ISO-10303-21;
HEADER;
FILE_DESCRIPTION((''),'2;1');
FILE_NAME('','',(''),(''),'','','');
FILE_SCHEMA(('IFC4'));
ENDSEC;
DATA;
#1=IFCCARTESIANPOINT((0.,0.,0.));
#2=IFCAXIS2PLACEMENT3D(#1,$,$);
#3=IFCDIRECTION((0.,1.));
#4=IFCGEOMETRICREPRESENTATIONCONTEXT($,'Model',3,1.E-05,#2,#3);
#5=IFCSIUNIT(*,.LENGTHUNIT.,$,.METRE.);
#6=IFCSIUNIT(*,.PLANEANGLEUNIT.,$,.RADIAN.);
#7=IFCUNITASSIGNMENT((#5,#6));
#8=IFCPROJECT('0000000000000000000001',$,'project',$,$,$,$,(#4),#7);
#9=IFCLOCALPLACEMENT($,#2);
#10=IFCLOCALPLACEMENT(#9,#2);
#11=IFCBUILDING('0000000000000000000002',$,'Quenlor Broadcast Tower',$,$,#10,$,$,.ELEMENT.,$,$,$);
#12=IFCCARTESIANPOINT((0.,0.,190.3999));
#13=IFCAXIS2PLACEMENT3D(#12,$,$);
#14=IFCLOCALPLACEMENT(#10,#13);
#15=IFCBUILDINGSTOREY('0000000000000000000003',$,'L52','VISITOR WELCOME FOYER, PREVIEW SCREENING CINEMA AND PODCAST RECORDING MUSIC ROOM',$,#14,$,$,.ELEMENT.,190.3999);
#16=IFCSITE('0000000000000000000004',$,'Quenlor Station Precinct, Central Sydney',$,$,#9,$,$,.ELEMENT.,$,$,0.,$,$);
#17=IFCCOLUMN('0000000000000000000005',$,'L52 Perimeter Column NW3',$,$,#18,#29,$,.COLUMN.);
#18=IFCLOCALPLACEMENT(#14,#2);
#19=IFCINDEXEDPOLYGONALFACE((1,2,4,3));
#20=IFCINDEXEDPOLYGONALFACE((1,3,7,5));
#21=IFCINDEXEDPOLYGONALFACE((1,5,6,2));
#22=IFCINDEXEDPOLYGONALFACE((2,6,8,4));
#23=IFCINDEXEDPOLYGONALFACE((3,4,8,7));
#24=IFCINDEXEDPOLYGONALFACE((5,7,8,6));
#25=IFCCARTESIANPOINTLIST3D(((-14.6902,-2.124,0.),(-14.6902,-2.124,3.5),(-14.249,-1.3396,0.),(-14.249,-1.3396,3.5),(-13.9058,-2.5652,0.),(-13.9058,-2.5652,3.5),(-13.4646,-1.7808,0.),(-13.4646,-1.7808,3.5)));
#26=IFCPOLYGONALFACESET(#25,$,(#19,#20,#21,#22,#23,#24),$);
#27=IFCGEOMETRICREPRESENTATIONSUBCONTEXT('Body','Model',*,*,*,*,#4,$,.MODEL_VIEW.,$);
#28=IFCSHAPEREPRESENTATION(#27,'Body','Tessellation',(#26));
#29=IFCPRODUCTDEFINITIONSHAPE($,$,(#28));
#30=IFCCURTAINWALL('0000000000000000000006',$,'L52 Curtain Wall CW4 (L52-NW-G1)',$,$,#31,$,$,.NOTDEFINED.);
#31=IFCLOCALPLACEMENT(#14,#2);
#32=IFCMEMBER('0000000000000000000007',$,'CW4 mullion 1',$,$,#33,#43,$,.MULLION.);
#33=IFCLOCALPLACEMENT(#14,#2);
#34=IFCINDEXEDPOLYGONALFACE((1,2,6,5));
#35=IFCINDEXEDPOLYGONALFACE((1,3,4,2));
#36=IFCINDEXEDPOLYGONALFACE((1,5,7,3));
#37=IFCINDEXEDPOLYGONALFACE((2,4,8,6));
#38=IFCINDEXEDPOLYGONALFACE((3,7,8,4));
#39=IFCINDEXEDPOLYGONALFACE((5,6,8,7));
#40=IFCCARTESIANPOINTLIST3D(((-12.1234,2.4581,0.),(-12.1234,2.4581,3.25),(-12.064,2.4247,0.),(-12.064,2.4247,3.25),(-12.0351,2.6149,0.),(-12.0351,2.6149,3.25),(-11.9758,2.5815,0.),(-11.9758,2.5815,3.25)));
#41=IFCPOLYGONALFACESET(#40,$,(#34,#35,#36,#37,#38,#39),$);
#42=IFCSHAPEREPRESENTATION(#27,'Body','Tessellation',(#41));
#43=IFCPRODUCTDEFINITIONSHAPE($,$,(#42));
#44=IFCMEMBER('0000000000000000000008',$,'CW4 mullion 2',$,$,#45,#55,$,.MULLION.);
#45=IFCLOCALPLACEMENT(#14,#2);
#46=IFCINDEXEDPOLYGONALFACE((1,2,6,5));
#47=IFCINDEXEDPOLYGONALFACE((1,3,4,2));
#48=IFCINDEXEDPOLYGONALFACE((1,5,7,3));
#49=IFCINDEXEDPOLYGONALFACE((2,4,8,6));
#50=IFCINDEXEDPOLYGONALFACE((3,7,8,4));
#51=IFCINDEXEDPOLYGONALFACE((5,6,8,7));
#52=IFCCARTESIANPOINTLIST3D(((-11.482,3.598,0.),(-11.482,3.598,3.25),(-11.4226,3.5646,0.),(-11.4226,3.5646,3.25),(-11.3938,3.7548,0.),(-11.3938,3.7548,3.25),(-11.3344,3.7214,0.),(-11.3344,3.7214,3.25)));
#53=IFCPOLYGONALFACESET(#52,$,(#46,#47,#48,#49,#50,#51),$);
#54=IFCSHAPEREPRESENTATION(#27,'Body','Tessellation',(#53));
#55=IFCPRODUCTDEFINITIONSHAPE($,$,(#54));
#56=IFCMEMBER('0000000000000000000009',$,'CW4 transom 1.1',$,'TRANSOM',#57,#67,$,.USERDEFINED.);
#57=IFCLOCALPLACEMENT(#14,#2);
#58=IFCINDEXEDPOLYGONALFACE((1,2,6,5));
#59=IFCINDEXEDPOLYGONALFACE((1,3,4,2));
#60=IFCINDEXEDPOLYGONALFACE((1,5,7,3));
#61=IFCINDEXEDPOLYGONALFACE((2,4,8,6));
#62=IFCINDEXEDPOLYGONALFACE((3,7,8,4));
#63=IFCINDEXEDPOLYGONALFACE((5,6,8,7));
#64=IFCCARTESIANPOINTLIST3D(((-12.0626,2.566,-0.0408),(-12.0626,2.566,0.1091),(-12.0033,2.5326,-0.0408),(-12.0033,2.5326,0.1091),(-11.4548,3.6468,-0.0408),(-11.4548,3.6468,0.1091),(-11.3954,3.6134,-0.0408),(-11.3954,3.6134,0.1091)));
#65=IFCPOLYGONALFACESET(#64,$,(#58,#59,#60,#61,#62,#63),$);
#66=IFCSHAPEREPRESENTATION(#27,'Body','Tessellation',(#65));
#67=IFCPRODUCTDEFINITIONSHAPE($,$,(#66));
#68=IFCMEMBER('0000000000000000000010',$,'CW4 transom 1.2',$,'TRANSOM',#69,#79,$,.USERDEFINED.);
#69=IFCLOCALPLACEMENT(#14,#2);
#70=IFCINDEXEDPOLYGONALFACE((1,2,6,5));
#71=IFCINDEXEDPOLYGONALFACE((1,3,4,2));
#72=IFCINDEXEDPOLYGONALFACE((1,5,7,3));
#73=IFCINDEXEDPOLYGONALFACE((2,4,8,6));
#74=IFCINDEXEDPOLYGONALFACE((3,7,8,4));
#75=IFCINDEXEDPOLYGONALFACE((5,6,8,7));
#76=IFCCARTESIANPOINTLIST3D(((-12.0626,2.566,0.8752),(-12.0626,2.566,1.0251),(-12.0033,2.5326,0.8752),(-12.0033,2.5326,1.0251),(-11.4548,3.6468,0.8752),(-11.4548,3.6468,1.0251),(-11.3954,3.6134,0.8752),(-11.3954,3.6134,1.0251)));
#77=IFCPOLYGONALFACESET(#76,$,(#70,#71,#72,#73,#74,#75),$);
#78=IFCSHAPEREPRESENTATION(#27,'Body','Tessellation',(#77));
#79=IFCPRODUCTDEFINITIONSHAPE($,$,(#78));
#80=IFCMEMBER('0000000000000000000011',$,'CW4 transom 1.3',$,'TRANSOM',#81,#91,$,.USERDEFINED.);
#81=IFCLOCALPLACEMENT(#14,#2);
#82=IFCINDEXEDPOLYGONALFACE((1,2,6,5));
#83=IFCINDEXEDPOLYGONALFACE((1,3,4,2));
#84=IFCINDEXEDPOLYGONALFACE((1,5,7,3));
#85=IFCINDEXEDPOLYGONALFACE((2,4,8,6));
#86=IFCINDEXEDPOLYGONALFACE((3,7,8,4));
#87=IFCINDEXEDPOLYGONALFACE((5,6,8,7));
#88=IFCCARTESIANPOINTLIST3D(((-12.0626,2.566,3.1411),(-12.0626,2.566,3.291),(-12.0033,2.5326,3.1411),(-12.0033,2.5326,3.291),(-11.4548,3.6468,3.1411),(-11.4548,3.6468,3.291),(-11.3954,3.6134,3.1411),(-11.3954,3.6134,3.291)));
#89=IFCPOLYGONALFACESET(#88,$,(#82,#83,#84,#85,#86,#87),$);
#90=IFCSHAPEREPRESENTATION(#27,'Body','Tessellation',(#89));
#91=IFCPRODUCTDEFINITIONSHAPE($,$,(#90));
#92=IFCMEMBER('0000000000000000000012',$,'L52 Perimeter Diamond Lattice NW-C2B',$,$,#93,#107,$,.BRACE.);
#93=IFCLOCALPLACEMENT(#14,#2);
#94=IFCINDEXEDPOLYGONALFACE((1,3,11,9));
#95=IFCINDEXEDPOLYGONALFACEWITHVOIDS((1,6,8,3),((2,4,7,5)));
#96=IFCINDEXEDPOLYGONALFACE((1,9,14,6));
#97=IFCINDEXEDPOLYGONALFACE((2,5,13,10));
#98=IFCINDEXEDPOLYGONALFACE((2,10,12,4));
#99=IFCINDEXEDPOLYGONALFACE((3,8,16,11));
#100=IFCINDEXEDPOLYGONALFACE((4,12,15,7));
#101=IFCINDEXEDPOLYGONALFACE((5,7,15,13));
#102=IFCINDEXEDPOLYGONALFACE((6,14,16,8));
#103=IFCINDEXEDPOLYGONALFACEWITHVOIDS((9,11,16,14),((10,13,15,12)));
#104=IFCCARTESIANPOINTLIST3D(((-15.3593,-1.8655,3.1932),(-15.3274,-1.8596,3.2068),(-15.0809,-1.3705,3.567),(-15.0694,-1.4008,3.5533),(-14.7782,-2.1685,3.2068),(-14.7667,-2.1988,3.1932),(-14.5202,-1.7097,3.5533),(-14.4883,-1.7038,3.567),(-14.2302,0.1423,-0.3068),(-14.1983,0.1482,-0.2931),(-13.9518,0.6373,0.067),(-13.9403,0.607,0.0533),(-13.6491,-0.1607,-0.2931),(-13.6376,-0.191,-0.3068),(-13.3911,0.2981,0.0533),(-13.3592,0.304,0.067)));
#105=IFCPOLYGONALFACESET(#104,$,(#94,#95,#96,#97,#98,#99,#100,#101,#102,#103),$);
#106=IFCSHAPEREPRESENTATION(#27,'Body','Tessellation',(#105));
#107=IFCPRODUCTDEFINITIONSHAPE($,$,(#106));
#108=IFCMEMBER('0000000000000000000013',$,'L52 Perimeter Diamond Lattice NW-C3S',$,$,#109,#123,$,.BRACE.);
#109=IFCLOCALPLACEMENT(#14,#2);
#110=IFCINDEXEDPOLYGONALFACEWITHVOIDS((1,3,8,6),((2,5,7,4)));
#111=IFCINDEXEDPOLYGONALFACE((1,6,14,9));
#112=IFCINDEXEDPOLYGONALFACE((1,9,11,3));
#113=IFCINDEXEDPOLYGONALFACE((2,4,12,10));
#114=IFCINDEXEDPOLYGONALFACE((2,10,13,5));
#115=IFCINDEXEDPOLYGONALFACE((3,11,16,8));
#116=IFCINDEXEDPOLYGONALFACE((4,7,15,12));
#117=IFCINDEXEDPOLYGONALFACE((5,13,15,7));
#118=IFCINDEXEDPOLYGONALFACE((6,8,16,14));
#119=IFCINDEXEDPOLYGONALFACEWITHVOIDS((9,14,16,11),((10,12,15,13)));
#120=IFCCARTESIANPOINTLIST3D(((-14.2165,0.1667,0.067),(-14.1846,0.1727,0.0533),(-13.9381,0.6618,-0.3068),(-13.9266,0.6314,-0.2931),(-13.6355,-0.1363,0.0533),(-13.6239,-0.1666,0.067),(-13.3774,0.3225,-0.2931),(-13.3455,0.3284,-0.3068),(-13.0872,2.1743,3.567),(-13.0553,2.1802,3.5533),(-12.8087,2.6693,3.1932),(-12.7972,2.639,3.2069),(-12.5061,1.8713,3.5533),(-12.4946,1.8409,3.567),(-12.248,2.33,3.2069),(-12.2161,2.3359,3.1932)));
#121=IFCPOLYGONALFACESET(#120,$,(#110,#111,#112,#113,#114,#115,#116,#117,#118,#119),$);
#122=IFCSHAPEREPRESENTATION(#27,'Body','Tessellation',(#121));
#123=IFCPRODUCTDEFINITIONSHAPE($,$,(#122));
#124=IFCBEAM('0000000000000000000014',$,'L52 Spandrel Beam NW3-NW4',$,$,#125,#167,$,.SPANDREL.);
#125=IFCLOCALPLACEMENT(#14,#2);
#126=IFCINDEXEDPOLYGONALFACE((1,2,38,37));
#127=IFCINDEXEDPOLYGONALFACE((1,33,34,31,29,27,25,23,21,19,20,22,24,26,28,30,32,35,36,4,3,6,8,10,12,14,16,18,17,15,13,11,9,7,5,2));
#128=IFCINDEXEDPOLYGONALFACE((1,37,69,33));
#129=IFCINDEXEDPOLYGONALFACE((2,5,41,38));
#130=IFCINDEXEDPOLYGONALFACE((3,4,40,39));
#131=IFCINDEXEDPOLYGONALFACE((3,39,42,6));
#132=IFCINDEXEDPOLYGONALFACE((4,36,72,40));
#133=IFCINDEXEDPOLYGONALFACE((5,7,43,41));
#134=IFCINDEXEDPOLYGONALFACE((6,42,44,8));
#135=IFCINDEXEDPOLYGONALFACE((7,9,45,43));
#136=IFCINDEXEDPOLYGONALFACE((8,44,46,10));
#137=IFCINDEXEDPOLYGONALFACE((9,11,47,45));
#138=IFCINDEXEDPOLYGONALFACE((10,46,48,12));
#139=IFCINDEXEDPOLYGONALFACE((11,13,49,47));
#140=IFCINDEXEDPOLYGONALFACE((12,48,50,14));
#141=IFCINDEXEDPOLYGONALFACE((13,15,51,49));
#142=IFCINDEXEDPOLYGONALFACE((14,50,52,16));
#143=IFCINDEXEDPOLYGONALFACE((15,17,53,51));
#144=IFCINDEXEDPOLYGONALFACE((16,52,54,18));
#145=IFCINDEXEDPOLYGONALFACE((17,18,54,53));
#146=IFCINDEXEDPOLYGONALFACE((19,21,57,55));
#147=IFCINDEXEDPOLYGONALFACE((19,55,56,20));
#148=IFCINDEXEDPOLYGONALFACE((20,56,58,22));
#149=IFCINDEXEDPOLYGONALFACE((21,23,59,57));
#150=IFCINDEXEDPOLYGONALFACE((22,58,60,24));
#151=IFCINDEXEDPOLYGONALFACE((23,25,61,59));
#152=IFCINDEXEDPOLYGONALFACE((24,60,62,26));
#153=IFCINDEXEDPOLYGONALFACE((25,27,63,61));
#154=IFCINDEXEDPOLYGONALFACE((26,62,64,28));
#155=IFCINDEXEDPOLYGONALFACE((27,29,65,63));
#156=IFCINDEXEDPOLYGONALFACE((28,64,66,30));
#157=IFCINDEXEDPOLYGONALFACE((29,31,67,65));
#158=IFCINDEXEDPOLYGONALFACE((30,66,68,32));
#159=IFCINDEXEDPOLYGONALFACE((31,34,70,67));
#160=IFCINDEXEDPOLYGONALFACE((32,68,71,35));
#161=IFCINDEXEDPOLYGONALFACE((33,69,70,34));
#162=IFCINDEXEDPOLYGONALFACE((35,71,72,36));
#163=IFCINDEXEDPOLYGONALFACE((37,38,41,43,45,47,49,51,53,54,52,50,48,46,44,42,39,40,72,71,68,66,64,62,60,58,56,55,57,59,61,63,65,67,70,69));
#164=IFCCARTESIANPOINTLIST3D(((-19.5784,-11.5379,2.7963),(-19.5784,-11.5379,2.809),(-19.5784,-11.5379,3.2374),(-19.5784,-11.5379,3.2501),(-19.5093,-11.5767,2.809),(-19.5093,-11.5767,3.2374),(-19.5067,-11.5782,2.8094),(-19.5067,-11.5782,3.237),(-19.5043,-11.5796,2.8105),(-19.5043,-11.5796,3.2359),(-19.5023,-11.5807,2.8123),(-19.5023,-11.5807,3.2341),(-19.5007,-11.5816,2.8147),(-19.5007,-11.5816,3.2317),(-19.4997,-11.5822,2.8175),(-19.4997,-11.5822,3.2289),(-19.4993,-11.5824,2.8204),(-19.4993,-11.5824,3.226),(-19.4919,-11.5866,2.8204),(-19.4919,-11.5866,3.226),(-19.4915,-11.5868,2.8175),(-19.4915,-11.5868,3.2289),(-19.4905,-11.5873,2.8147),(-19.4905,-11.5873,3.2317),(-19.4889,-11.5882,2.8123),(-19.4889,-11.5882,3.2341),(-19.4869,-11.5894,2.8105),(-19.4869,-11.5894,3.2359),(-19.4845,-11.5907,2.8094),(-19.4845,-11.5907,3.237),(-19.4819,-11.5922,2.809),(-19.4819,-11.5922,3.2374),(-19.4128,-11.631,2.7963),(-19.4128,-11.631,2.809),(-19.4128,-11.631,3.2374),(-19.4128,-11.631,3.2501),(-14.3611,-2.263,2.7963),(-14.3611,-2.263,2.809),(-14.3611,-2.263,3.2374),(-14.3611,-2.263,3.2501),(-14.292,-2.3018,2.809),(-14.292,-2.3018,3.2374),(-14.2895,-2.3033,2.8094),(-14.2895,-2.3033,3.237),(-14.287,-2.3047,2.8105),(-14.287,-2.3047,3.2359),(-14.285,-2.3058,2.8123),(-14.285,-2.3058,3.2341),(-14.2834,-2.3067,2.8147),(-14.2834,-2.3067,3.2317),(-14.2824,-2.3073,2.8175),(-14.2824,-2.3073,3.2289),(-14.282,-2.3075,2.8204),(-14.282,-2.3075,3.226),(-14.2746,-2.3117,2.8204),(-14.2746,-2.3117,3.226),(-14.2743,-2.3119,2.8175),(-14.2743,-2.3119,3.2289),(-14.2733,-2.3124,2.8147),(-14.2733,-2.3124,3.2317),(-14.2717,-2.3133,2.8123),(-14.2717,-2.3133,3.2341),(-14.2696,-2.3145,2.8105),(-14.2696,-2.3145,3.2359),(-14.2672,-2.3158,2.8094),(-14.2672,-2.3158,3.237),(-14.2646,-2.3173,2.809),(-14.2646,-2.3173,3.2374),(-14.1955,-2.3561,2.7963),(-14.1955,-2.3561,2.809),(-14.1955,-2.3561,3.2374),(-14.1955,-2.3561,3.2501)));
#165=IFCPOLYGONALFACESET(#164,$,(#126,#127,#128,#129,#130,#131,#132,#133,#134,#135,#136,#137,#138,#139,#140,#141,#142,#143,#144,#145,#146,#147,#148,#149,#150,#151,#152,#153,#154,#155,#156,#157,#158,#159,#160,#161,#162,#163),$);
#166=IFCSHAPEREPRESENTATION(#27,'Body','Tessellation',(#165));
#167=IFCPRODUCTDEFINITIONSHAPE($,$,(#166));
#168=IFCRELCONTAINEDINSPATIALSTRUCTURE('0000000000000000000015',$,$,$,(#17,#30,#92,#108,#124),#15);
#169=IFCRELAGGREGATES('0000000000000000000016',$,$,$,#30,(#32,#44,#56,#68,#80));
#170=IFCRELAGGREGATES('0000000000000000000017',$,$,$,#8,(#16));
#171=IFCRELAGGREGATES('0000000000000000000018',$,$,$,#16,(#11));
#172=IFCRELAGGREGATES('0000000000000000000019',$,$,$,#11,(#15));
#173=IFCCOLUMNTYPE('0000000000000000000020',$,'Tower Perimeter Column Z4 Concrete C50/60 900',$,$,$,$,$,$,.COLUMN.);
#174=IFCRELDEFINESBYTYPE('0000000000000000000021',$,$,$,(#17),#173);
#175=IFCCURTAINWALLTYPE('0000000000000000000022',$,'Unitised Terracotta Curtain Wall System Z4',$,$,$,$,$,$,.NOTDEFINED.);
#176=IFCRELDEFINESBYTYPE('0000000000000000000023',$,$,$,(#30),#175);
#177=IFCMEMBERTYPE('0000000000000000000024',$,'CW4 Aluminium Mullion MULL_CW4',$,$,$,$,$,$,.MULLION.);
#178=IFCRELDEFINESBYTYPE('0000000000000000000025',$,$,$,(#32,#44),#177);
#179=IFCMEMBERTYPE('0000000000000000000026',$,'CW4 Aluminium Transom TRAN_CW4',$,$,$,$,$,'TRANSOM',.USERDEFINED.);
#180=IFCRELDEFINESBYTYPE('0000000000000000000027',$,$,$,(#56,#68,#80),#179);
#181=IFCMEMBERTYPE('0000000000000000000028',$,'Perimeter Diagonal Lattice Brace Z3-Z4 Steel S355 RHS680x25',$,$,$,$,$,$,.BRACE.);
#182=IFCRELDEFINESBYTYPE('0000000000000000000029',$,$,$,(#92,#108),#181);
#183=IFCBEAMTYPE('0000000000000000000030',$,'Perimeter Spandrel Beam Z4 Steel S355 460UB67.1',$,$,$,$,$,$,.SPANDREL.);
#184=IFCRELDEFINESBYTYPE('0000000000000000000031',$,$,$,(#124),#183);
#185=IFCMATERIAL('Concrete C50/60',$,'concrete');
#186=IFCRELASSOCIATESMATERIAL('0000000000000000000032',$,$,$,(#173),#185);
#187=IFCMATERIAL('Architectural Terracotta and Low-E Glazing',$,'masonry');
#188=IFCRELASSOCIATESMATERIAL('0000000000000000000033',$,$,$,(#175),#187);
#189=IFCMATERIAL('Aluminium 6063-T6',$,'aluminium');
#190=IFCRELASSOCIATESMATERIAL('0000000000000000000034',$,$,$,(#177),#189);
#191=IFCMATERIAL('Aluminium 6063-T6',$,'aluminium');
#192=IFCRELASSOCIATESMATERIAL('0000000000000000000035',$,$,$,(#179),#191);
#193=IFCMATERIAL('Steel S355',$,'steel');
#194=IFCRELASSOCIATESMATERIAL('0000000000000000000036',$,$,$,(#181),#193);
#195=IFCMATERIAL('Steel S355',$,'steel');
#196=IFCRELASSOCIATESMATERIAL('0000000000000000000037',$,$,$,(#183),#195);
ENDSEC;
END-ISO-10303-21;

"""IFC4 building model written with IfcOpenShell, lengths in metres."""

from ifc_helpers import new_model, si_unit, direction, frame, origin, origin_2d, place, context, subcontext, project, spatial, rectangle, hollow_rectangle, i_section, extrude, material, material_profile, profile_set, type_object, element, aggregate, save


model = new_model("IFC4")

# Units and contexts
model_context = context("Model", 3, precision=1e-05, world=origin(), true_north=direction((0.0, 1.0)))
body_context = subcontext(model_context, "Body", "Model", "MODEL_VIEW")
ifc_project = project(units=[si_unit("LENGTHUNIT", "METRE"), si_unit("PLANEANGLEUNIT", "RADIAN")], contexts=[model_context])

# Site, building, storey
site_placement = place(None, origin())
site = spatial("IfcSite", under=ifc_project, at=site_placement, Name="Quenlor Station Precinct, Central Sydney", CompositionType="ELEMENT", RefElevation=0.0)
building_placement = place(site_placement, origin())
building = spatial("IfcBuilding", under=site, at=building_placement, Name="Quenlor Broadcast Tower", CompositionType="ELEMENT")
storey_placement = place(building_placement, frame((0.0, 0.0, 190.3999)))
storey = spatial("IfcBuildingStorey", under=building, at=storey_placement, Name="L52", Description="VISITOR WELCOME FOYER, PREVIEW SCREENING CINEMA AND PODCAST RECORDING MUSIC ROOM", CompositionType="ELEMENT", Elevation=190.3999)

# Column
ifc_material_1 = material(Name="Concrete C50/60", Category="concrete")
ifc_material_profile_1 = material_profile(ifc_material_1, rectangle(XDim=0.8999, YDim=0.8999, at=origin_2d()))
ifc_profile_set_1 = profile_set([ifc_material_profile_1], Name="Concrete C50/60 RC900x900")
column_type = type_object("IfcColumnType", Name="Tower Perimeter Column Z4 Concrete C50/60 900", PredefinedType="COLUMN", material=ifc_profile_set_1)
column_placement = place(storey_placement, frame((-14.0774, -1.9524, 0.0), z_axis=(0.0, 0.0, 1.0), x_axis=(-0.871575, 0.490262, 0.0)))
element("IfcColumn", 1, at=column_placement, inside=storey, type_object=column_type, Name="L52 Perimeter Column NW3", PredefinedType="COLUMN", context=body_context, shape_type="SweptSolid", body=[
    extrude(rectangle(XDim=0.8999, YDim=0.8999, at=origin_2d()), origin(), (0.0, 0.0, 1.0), 3.5),
])

# Curtain wall, members
ifc_material_2 = material(Name="Architectural Terracotta and Low-E Glazing", Category="masonry")
curtain_wall_type = type_object("IfcCurtainWallType", Name="Unitised Terracotta Curtain Wall System Z4", PredefinedType="NOTDEFINED", material=ifc_material_2)
curtain_wall_placement = place(storey_placement, origin())
curtain_wall = element("IfcCurtainWall", 2, at=curtain_wall_placement, inside=storey, type_object=curtain_wall_type, Name="L52 Curtain Wall CW4 (L52-NW-G1)", PredefinedType="NOTDEFINED")
ifc_material_3 = material(Name="Aluminium 6063-T6", Category="aluminium")
ifc_material_profile_2 = material_profile(ifc_material_3, rectangle(XDim=0.0681, YDim=0.1799, at=origin_2d()))
ifc_profile_set_2 = profile_set([ifc_material_profile_2], Name="Aluminium 6063-T6 MULL68x180")
member_type_1 = type_object("IfcMemberType", Name="CW4 Aluminium Mullion MULL_CW4", PredefinedType="MULLION", material=ifc_profile_set_2)
member_1_placement = place(storey_placement, frame((-12.0496, 2.5198, 0.0), z_axis=(0.0, 0.0, 1.0), x_axis=(-0.87156, 0.490289, 0.0)))
member_1 = element("IfcMember", 3, at=member_1_placement, type_object=member_type_1, Name="CW4 mullion 1", PredefinedType="MULLION", context=body_context, shape_type="SweptSolid", body=[
    extrude(rectangle(XDim=0.0681, YDim=0.1799, at=origin_2d()), origin(), (0.0, 0.0, 1.0), 3.25),
])
member_2_placement = place(storey_placement, frame((-11.4082, 3.6597, 0.0), z_axis=(0.0, 0.0, 1.0), x_axis=(-0.87156, 0.490289, 0.0)))
member_2 = element("IfcMember", 4, at=member_2_placement, type_object=member_type_1, Name="CW4 mullion 2", PredefinedType="MULLION", context=body_context, shape_type="SweptSolid", body=[
    extrude(rectangle(XDim=0.0681, YDim=0.1799, at=origin_2d()), origin(), (0.0, 0.0, 1.0), 3.25),
])
ifc_material_4 = material(Name="Aluminium 6063-T6", Category="aluminium")
ifc_material_profile_3 = material_profile(ifc_material_4, rectangle(XDim=0.0681, YDim=0.1499, at=origin_2d()))
ifc_profile_set_3 = profile_set([ifc_material_profile_3], Name="Aluminium 6063-T6 TRAN68x150")
member_type_2 = type_object("IfcMemberType", Name="CW4 Aluminium Transom TRAN_CW4", ElementType="TRANSOM", PredefinedType="USERDEFINED", material=ifc_profile_set_3)
member_3_placement = place(storey_placement, frame((-12.033, 2.5493, 0.0342), z_axis=(0.490233, 0.871591, 0.0), x_axis=(-0.871591, 0.490233, 0.0)))
member_3 = element("IfcMember", 5, at=member_3_placement, type_object=member_type_2, Name="CW4 transom 1.1", ObjectType="TRANSOM", PredefinedType="USERDEFINED", context=body_context, shape_type="SweptSolid", body=[
    extrude(rectangle(XDim=0.0681, YDim=0.1499, at=origin_2d()), origin(), (0.0, 0.0, 1.0), 1.24),
])
member_4_placement = place(storey_placement, frame((-12.033, 2.5493, 0.9502), z_axis=(0.490233, 0.871591, 0.0), x_axis=(-0.871591, 0.490233, 0.0)))
member_4 = element("IfcMember", 6, at=member_4_placement, type_object=member_type_2, Name="CW4 transom 1.2", ObjectType="TRANSOM", PredefinedType="USERDEFINED", context=body_context, shape_type="SweptSolid", body=[
    extrude(rectangle(XDim=0.0681, YDim=0.1499, at=origin_2d()), origin(), (0.0, 0.0, 1.0), 1.24),
])
member_5_placement = place(storey_placement, frame((-12.033, 2.5493, 3.2161), z_axis=(0.490233, 0.871591, 0.0), x_axis=(-0.871591, 0.490233, 0.0)))
member_5 = element("IfcMember", 7, at=member_5_placement, type_object=member_type_2, Name="CW4 transom 1.3", ObjectType="TRANSOM", PredefinedType="USERDEFINED", context=body_context, shape_type="SweptSolid", body=[
    extrude(rectangle(XDim=0.0681, YDim=0.1499, at=origin_2d()), origin(), (0.0, 0.0, 1.0), 1.24),
])

# Members
ifc_material_5 = material(Name="Steel S355", Category="steel")
ifc_material_profile_4 = material_profile(ifc_material_5, hollow_rectangle(XDim=0.6799, YDim=0.6799, WallThickness=0.0249, at=origin_2d()))
ifc_profile_set_4 = profile_set([ifc_material_profile_4], Name="Steel S355 RHS680x680x25")
member_type_3 = type_object("IfcMemberType", Name="Perimeter Diagonal Lattice Brace Z3-Z4 Steel S355 RHS680x25", PredefinedType="BRACE", material=ifc_profile_set_4)
for number, where, z_axis, x_axis, name in (
    (8, (-13.7947, 0.2231, -0.1199), (-0.269485, -0.479189, 0.835318), (0.871621, -0.490181, 0.0), "L52 Perimeter Diamond Lattice NW-C2B"),
    (9, (-13.781, 0.2476, -0.1199), (0.269547, 0.479136, 0.835328), (-0.87155, 0.490307, 0.0), "L52 Perimeter Diamond Lattice NW-C3S"),
):
    element("IfcMember", number, at=place(storey_placement, frame(where, z_axis=z_axis, x_axis=x_axis)), inside=storey, type_object=member_type_3, Name=name, PredefinedType="BRACE", context=body_context, shape_type="SweptSolid", body=[
        extrude(hollow_rectangle(XDim=0.6799, YDim=0.6799, WallThickness=0.0249, at=origin_2d()), origin(), (0.0, 0.0, 1.0), 4.1899),
    ])

# Beam
ifc_material_6 = material(Name="Steel S355", Category="steel")
ifc_material_profile_5 = material_profile(ifc_material_6, i_section(OverallWidth=0.1899, OverallDepth=0.4539, WebThickness=0.0085, FlangeThickness=0.0127, FilletRadius=0.0115, at=origin_2d()))
ifc_profile_set_5 = profile_set([ifc_material_profile_5], Name="Steel S355 460UB67.1")
beam_type_1 = type_object("IfcBeamType", Name="Perimeter Spandrel Beam Z4 Steel S355 460UB67.1", PredefinedType="SPANDREL", material=ifc_profile_set_5)
beam_1_placement = place(storey_placement, frame((-14.2783, -2.3096, 3.0232), z_axis=(-0.490272, -0.871569, 0.0), x_axis=(0.871569, -0.490272, 0.0)))
element("IfcBeam", 10, at=beam_1_placement, inside=storey, type_object=beam_type_1, Name="L52 Spandrel Beam NW3-NW4", PredefinedType="SPANDREL", context=body_context, shape_type="SweptSolid", body=[
    extrude(i_section(OverallWidth=0.1899, OverallDepth=0.4539, WebThickness=0.0085, FlangeThickness=0.0127, FilletRadius=0.0115, at=origin_2d()), origin(), (0.0, 0.0, 1.0), 10.6416),
])

aggregate(curtain_wall, [member_1, member_2, member_3, member_4, member_5])

save(model, "model.ifc")
